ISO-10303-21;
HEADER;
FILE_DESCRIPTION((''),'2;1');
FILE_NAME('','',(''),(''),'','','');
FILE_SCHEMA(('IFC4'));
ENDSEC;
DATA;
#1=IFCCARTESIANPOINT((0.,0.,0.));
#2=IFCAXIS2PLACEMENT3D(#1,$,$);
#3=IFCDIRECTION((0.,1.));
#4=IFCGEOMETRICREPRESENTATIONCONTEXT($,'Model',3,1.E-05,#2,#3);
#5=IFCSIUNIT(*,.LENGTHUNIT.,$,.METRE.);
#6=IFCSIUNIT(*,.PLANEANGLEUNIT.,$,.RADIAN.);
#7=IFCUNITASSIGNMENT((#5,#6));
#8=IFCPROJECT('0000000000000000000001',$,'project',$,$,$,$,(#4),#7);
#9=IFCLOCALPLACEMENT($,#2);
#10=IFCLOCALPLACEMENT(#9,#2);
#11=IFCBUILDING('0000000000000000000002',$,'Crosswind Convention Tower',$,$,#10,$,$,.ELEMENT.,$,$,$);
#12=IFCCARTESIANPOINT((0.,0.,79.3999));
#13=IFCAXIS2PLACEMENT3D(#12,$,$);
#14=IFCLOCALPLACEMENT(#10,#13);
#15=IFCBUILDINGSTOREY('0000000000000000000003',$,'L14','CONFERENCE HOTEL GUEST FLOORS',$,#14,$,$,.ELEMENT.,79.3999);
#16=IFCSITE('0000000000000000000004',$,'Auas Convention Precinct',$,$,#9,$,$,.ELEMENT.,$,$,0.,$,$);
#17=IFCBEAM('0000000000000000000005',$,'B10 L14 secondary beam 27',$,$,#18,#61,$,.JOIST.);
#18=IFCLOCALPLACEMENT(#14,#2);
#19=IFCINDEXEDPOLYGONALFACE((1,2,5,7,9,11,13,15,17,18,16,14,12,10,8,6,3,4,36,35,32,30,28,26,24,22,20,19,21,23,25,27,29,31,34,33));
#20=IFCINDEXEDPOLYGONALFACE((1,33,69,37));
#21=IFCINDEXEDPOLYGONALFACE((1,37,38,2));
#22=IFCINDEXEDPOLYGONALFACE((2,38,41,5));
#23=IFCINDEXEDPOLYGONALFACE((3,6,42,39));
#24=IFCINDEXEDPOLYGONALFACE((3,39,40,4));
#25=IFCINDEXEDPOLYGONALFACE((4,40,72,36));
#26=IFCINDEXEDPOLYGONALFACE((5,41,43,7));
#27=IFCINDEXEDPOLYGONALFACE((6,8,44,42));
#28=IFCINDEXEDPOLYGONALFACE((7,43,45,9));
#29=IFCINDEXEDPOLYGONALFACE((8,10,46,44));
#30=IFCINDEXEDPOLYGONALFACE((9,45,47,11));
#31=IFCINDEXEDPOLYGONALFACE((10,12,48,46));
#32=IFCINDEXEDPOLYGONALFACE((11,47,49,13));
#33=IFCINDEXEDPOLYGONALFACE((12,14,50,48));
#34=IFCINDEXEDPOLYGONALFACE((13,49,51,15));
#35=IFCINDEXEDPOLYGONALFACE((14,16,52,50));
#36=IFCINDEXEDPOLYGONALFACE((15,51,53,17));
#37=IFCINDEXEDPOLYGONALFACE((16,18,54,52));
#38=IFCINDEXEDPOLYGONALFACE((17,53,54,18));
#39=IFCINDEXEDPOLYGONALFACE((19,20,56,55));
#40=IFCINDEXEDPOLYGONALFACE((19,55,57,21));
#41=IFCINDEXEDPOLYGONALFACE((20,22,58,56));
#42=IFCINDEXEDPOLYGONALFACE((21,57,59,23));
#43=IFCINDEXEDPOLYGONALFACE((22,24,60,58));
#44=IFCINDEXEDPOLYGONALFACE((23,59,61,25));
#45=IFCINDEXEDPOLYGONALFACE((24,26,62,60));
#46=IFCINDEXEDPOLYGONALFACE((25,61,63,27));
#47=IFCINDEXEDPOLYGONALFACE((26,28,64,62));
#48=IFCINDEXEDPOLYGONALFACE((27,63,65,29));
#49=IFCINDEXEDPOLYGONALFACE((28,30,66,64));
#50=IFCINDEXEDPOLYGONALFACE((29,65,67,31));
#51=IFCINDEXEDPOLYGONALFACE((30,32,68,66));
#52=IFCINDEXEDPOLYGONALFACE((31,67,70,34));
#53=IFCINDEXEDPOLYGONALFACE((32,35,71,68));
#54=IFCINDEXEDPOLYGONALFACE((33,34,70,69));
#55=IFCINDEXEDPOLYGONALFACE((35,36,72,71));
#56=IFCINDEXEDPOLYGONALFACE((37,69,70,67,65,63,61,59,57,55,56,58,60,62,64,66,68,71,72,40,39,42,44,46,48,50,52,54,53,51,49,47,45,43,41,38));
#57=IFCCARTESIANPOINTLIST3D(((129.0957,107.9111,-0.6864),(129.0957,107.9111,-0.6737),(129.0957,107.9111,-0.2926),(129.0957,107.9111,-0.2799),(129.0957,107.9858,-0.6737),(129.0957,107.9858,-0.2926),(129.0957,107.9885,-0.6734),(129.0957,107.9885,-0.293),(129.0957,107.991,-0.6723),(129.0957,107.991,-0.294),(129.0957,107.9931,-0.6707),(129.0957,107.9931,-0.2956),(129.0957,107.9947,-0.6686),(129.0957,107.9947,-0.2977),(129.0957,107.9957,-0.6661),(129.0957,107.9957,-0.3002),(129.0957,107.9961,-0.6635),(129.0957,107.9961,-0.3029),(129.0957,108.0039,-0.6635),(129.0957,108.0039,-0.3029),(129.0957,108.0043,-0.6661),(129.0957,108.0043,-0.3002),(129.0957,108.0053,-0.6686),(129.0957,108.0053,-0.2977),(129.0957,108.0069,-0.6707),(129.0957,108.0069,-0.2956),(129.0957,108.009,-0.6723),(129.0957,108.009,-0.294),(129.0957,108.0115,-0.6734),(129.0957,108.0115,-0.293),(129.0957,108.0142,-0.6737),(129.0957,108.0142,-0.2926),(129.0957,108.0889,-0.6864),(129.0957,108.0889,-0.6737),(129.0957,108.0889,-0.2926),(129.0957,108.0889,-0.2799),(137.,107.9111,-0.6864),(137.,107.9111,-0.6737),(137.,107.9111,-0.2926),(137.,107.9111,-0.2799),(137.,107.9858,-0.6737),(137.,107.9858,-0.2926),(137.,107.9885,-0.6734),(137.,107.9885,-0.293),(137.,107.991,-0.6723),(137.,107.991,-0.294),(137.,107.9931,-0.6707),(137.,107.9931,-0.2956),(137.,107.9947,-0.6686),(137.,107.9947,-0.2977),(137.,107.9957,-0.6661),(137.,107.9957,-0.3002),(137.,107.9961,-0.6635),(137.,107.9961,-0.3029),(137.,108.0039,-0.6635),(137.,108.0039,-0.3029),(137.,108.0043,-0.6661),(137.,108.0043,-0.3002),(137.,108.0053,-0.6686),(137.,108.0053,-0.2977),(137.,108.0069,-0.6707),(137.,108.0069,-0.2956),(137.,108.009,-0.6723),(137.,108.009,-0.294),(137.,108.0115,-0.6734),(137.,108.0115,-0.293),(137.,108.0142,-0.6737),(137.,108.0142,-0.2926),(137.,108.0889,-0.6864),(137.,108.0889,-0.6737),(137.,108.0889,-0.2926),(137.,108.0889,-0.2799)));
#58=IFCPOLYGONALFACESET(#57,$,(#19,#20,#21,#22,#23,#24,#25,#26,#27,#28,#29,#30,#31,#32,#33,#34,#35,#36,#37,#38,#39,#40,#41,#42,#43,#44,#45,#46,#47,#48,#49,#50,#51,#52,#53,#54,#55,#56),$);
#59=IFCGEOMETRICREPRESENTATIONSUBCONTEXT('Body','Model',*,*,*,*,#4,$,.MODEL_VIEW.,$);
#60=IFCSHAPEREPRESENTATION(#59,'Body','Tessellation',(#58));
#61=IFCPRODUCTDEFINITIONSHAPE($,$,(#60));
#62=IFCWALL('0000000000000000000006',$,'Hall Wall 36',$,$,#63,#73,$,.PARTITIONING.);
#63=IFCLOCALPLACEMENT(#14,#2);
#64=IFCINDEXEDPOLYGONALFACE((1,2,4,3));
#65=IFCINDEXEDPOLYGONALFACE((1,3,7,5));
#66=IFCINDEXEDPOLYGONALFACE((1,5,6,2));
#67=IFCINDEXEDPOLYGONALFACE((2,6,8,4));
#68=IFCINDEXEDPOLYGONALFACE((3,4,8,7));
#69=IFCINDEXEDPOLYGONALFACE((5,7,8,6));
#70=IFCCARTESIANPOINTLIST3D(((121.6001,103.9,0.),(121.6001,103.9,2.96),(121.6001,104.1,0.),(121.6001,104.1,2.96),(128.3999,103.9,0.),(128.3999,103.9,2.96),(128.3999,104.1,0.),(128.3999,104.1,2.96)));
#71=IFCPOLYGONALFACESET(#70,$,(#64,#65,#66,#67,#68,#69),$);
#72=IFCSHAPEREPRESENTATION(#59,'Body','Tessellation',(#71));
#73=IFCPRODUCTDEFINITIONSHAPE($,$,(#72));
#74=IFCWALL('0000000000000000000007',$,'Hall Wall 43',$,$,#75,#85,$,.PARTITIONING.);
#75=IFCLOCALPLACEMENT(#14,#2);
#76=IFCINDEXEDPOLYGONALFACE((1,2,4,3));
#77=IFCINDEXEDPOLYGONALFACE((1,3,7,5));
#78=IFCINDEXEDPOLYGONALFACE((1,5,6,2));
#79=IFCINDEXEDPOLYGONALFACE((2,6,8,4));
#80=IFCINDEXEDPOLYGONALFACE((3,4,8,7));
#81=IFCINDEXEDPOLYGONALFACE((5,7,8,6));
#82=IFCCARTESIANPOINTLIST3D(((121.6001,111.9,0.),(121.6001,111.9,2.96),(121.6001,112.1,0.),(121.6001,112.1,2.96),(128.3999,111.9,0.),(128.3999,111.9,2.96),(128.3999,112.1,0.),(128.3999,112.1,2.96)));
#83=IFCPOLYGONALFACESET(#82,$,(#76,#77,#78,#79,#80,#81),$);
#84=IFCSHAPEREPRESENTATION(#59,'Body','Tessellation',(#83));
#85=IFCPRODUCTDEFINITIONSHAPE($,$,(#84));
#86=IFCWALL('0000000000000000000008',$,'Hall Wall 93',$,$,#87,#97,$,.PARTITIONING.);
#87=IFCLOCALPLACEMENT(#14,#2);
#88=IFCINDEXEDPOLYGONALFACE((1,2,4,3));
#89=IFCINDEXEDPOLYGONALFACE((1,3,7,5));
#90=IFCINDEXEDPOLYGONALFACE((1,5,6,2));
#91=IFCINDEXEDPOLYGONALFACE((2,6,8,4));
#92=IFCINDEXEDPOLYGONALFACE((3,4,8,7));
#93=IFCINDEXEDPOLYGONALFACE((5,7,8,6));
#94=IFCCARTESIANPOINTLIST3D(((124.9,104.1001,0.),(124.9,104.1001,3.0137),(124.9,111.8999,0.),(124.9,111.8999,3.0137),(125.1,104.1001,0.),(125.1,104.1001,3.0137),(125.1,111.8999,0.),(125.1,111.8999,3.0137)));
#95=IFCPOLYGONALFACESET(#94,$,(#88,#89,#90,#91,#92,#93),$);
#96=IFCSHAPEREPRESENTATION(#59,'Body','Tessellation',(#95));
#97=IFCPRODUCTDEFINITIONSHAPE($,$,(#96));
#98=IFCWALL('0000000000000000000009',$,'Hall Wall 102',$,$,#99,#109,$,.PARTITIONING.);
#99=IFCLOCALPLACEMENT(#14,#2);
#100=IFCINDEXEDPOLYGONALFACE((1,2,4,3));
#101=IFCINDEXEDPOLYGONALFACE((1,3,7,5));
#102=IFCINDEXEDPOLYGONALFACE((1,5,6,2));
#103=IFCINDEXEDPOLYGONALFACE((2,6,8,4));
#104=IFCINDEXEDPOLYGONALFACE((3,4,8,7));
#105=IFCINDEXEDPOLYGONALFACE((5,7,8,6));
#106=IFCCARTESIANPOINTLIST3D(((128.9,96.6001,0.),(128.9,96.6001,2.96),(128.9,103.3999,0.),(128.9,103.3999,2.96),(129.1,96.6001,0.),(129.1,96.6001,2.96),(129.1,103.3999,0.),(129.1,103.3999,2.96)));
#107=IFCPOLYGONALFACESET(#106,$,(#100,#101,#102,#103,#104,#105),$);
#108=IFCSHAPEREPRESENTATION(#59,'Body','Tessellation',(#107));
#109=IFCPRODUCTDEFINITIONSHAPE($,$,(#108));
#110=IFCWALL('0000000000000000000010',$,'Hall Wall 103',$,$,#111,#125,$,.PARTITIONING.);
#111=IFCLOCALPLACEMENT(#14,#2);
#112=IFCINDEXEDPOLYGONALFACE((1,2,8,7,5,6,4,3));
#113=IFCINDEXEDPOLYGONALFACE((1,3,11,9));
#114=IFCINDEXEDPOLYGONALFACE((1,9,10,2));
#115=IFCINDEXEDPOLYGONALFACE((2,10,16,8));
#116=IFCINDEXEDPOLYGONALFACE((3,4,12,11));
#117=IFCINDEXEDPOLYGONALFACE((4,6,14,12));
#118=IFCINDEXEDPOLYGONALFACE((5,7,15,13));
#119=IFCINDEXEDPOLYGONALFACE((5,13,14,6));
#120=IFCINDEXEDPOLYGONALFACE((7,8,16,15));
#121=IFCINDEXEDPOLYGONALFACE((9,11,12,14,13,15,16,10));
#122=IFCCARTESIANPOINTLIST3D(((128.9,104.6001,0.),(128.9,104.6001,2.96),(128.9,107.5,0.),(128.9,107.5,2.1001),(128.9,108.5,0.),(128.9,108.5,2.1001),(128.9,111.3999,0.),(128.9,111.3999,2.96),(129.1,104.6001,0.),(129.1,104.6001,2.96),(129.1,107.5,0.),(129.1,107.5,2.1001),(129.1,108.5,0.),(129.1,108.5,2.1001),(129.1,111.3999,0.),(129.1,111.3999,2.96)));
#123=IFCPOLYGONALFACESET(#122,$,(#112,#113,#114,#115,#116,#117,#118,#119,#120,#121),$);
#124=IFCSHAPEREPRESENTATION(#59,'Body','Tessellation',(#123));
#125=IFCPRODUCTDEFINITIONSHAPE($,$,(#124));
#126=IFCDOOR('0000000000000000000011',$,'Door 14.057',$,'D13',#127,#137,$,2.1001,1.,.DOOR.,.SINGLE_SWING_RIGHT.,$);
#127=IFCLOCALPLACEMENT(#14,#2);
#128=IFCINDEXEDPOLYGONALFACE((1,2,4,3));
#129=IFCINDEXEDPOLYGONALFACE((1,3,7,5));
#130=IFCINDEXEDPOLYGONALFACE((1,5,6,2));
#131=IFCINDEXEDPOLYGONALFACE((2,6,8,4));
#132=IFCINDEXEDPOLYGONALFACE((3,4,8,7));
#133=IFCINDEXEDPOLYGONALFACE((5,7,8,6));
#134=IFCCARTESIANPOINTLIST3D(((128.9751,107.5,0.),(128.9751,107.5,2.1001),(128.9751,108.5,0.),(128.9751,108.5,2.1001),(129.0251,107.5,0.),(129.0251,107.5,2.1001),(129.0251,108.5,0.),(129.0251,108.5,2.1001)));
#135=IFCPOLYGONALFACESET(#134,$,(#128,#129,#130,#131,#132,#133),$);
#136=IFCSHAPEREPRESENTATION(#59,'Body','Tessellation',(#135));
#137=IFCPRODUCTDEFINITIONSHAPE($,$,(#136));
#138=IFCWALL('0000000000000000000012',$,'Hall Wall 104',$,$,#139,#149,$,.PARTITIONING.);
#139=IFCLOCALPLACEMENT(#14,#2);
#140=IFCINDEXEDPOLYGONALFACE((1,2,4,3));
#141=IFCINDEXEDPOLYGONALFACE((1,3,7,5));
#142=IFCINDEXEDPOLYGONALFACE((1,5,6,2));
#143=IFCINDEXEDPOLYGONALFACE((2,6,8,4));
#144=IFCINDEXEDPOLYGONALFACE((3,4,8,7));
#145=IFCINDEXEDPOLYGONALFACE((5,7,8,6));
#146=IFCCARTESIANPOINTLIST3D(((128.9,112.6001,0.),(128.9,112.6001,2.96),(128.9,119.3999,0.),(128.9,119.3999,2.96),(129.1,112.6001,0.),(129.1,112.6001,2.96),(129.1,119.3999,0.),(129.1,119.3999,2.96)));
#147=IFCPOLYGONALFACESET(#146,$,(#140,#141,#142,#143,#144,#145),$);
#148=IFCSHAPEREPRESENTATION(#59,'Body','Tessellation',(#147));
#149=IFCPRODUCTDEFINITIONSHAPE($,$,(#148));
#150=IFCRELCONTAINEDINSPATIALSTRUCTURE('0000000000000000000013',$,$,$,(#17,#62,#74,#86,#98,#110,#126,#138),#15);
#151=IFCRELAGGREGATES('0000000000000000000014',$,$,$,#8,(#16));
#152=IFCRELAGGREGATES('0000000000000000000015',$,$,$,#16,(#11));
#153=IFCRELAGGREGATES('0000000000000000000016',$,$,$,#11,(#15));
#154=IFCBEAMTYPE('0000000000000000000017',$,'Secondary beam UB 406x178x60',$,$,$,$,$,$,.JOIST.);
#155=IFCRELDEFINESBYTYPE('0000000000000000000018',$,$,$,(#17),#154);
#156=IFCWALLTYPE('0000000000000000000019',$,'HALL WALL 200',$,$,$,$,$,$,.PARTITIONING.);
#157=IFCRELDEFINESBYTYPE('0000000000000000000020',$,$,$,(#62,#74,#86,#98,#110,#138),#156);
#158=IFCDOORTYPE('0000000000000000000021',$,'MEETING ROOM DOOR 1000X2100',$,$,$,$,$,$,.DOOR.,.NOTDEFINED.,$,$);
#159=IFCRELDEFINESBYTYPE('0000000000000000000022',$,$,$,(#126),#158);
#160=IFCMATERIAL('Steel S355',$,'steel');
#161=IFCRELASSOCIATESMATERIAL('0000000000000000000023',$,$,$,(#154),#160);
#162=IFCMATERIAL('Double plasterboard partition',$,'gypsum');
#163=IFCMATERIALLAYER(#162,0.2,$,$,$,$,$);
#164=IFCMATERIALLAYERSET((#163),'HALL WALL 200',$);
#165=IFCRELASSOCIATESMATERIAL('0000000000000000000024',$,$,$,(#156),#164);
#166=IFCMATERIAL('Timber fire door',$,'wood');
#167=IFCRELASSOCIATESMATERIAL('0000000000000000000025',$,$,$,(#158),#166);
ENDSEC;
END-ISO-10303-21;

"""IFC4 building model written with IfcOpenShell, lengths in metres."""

from ifc_helpers import new_model, si_unit, direction, frame, frame_2d, origin, origin_2d, place, context, subcontext, project, spatial, rectangle, i_section, extrude, material, layer, layer_set, material_profile, profile_set, type_object, element, fill, save


model = new_model("IFC4")

# Units and contexts
model_context = context("Model", 3, precision=1e-05, world=origin(), true_north=direction((0.0, 1.0)))
body_context = subcontext(model_context, "Body", "Model", "MODEL_VIEW")
ifc_project = project(units=[si_unit("LENGTHUNIT", "METRE"), si_unit("PLANEANGLEUNIT", "RADIAN")], contexts=[model_context])

# Site, building, storey
site_placement = place(None, origin())
site = spatial("IfcSite", under=ifc_project, at=site_placement, Name="Auas Convention Precinct", CompositionType="ELEMENT", RefElevation=0.0)
building_placement = place(site_placement, origin())
building = spatial("IfcBuilding", under=site, at=building_placement, Name="Crosswind Convention Tower", CompositionType="ELEMENT")
storey_placement = place(building_placement, frame((0.0, 0.0, 79.3999)))
storey = spatial("IfcBuildingStorey", under=building, at=storey_placement, Name="L14", Description="CONFERENCE HOTEL GUEST FLOORS", CompositionType="ELEMENT", Elevation=79.3999)

# Beam
ifc_material_1 = material(Name="Steel S355", Category="steel")
ifc_material_profile_1 = material_profile(ifc_material_1, i_section(OverallWidth=0.1777, OverallDepth=0.4065, WebThickness=0.0078, FlangeThickness=0.0127, FilletRadius=0.0103, at=origin_2d()), Name="UB 406x178x60")
ifc_profile_set_1 = profile_set([ifc_material_profile_1], Name="Steel S355")
beam_type_1 = type_object("IfcBeamType", Name="Secondary beam UB 406x178x60", PredefinedType="JOIST", material=ifc_profile_set_1)
for number, where, z_axis, x_axis, name in (
    (1, (129.0957, 108.0, -0.4832), (1.0, 0.0, 0.0), (0.0, 1.0, 0.0), "B10 L14 secondary beam 27"),
):
    element("IfcBeam", number, at=place(storey_placement, frame(where, z_axis=z_axis, x_axis=x_axis)), inside=storey, type_object=beam_type_1, Name=name, PredefinedType="JOIST", context=body_context, shape_type="SweptSolid", body=[
        extrude(i_section(OverallWidth=0.1777, OverallDepth=0.4065, WebThickness=0.0078, FlangeThickness=0.0127, FilletRadius=0.0103, at=origin_2d()), origin(), (0.0, 0.0, 1.0), 7.9043),
    ])

# Walls
ifc_material_2 = material(Name="Double plasterboard partition", Category="gypsum")
ifc_layer = layer(ifc_material_2, 0.2)
ifc_layer_set = layer_set([ifc_layer], Name="HALL WALL 200")
wall_type = type_object("IfcWallType", Name="HALL WALL 200", PredefinedType="PARTITIONING", material=ifc_layer_set)
for number, where, z_axis, x_axis, name in (
    (2, (121.6001, 104.0, 0.0), (0.0, 0.0, 1.0), (1.0, 0.0, 0.0), "Hall Wall 36"),
    (3, (121.6001, 112.0, 0.0), (0.0, 0.0, 1.0), (1.0, 0.0, 0.0), "Hall Wall 43"),
):
    element("IfcWall", number, at=place(storey_placement, frame(where, z_axis=z_axis, x_axis=x_axis)), inside=storey, type_object=wall_type, Name=name, PredefinedType="PARTITIONING", context=body_context, shape_type="SweptSolid", body=[
        extrude(rectangle(XDim=6.7998, YDim=0.2, at=frame_2d((3.3999, 0.0))), origin(), (0.0, 0.0, 1.0), 2.96),
    ])
wall_1_placement = place(storey_placement, frame((125.0, 104.1001, 0.0), z_axis=(0.0, 0.0, 1.0), x_axis=(0.0, 1.0, 0.0)))
element("IfcWall", 4, at=wall_1_placement, inside=storey, type_object=wall_type, Name="Hall Wall 93", PredefinedType="PARTITIONING", context=body_context, shape_type="SweptSolid", body=[
    extrude(rectangle(XDim=7.7998, YDim=0.2, at=frame_2d((3.8999, 0.0))), origin(), (0.0, 0.0, 1.0), 3.0137),
])
wall_2_placement = place(storey_placement, frame((129.0, 96.6001, 0.0), z_axis=(0.0, 0.0, 1.0), x_axis=(0.0, 1.0, 0.0)))
element("IfcWall", 5, at=wall_2_placement, inside=storey, type_object=wall_type, Name="Hall Wall 102", PredefinedType="PARTITIONING", context=body_context, shape_type="SweptSolid", body=[
    extrude(rectangle(XDim=6.7998, YDim=0.2, at=frame_2d((3.3999, 0.0))), origin(), (0.0, 0.0, 1.0), 2.96),
])

# Wall, opening, door
wall_3_placement = place(storey_placement, frame((129.0, 104.6001, 0.0), z_axis=(0.0, 0.0, 1.0), x_axis=(0.0, 1.0, 0.0)))
wall_3 = element("IfcWall", 6, at=wall_3_placement, inside=storey, type_object=wall_type, Name="Hall Wall 103", PredefinedType="PARTITIONING", context=body_context, shape_type="SweptSolid", body=[
    extrude(rectangle(XDim=6.7998, YDim=0.2, at=frame_2d((3.3999, 0.0))), origin(), (0.0, 0.0, 1.0), 2.96),
])
opening_placement = place(wall_3_placement, frame((2.8999, 0.0, 0.0)))
opening = element("IfcOpeningElement", 7, at=opening_placement, cuts=wall_3, PredefinedType="OPENING", context=body_context, shape_type="SweptSolid", body=[
    extrude(rectangle(XDim=1.0, YDim=2.1001, at=frame_2d((0.5, 1.05))), frame((0.0, 0.1099, 0.0), z_axis=(0.0, -1.0, 0.0), x_axis=(1.0, 0.0, 0.0)), (0.0, 0.0, 1.0), 0.22),
])
ifc_material_3 = material(Name="Timber fire door", Category="wood")
door_type = type_object("IfcDoorType", Name="MEETING ROOM DOOR 1000X2100", OperationType="NOTDEFINED", PredefinedType="DOOR", material=ifc_material_3)
door_placement = place(opening_placement, origin())
door = element("IfcDoor", 8, at=door_placement, inside=storey, type_object=door_type, Name="Door 14.057", ObjectType="D13", OperationType="SINGLE_SWING_RIGHT", OverallHeight=2.1001, OverallWidth=1.0, PredefinedType="DOOR", context=body_context, shape_type="SweptSolid", body=[
    extrude(rectangle(XDim=1.0, YDim=2.1001, at=frame_2d((0.5, 1.05))), frame((0.0, 0.0249, 0.0), z_axis=(0.0, -1.0, 0.0), x_axis=(1.0, 0.0, 0.0)), (0.0, 0.0, 1.0), 0.05),
])
fill(opening, door)

# Wall
wall_4_placement = place(storey_placement, frame((129.0, 112.6001, 0.0), z_axis=(0.0, 0.0, 1.0), x_axis=(0.0, 1.0, 0.0)))
element("IfcWall", 9, at=wall_4_placement, inside=storey, type_object=wall_type, Name="Hall Wall 104", PredefinedType="PARTITIONING", context=body_context, shape_type="SweptSolid", body=[
    extrude(rectangle(XDim=6.7998, YDim=0.2, at=frame_2d((3.3999, 0.0))), origin(), (0.0, 0.0, 1.0), 2.96),
])

save(model, "model.ifc")
